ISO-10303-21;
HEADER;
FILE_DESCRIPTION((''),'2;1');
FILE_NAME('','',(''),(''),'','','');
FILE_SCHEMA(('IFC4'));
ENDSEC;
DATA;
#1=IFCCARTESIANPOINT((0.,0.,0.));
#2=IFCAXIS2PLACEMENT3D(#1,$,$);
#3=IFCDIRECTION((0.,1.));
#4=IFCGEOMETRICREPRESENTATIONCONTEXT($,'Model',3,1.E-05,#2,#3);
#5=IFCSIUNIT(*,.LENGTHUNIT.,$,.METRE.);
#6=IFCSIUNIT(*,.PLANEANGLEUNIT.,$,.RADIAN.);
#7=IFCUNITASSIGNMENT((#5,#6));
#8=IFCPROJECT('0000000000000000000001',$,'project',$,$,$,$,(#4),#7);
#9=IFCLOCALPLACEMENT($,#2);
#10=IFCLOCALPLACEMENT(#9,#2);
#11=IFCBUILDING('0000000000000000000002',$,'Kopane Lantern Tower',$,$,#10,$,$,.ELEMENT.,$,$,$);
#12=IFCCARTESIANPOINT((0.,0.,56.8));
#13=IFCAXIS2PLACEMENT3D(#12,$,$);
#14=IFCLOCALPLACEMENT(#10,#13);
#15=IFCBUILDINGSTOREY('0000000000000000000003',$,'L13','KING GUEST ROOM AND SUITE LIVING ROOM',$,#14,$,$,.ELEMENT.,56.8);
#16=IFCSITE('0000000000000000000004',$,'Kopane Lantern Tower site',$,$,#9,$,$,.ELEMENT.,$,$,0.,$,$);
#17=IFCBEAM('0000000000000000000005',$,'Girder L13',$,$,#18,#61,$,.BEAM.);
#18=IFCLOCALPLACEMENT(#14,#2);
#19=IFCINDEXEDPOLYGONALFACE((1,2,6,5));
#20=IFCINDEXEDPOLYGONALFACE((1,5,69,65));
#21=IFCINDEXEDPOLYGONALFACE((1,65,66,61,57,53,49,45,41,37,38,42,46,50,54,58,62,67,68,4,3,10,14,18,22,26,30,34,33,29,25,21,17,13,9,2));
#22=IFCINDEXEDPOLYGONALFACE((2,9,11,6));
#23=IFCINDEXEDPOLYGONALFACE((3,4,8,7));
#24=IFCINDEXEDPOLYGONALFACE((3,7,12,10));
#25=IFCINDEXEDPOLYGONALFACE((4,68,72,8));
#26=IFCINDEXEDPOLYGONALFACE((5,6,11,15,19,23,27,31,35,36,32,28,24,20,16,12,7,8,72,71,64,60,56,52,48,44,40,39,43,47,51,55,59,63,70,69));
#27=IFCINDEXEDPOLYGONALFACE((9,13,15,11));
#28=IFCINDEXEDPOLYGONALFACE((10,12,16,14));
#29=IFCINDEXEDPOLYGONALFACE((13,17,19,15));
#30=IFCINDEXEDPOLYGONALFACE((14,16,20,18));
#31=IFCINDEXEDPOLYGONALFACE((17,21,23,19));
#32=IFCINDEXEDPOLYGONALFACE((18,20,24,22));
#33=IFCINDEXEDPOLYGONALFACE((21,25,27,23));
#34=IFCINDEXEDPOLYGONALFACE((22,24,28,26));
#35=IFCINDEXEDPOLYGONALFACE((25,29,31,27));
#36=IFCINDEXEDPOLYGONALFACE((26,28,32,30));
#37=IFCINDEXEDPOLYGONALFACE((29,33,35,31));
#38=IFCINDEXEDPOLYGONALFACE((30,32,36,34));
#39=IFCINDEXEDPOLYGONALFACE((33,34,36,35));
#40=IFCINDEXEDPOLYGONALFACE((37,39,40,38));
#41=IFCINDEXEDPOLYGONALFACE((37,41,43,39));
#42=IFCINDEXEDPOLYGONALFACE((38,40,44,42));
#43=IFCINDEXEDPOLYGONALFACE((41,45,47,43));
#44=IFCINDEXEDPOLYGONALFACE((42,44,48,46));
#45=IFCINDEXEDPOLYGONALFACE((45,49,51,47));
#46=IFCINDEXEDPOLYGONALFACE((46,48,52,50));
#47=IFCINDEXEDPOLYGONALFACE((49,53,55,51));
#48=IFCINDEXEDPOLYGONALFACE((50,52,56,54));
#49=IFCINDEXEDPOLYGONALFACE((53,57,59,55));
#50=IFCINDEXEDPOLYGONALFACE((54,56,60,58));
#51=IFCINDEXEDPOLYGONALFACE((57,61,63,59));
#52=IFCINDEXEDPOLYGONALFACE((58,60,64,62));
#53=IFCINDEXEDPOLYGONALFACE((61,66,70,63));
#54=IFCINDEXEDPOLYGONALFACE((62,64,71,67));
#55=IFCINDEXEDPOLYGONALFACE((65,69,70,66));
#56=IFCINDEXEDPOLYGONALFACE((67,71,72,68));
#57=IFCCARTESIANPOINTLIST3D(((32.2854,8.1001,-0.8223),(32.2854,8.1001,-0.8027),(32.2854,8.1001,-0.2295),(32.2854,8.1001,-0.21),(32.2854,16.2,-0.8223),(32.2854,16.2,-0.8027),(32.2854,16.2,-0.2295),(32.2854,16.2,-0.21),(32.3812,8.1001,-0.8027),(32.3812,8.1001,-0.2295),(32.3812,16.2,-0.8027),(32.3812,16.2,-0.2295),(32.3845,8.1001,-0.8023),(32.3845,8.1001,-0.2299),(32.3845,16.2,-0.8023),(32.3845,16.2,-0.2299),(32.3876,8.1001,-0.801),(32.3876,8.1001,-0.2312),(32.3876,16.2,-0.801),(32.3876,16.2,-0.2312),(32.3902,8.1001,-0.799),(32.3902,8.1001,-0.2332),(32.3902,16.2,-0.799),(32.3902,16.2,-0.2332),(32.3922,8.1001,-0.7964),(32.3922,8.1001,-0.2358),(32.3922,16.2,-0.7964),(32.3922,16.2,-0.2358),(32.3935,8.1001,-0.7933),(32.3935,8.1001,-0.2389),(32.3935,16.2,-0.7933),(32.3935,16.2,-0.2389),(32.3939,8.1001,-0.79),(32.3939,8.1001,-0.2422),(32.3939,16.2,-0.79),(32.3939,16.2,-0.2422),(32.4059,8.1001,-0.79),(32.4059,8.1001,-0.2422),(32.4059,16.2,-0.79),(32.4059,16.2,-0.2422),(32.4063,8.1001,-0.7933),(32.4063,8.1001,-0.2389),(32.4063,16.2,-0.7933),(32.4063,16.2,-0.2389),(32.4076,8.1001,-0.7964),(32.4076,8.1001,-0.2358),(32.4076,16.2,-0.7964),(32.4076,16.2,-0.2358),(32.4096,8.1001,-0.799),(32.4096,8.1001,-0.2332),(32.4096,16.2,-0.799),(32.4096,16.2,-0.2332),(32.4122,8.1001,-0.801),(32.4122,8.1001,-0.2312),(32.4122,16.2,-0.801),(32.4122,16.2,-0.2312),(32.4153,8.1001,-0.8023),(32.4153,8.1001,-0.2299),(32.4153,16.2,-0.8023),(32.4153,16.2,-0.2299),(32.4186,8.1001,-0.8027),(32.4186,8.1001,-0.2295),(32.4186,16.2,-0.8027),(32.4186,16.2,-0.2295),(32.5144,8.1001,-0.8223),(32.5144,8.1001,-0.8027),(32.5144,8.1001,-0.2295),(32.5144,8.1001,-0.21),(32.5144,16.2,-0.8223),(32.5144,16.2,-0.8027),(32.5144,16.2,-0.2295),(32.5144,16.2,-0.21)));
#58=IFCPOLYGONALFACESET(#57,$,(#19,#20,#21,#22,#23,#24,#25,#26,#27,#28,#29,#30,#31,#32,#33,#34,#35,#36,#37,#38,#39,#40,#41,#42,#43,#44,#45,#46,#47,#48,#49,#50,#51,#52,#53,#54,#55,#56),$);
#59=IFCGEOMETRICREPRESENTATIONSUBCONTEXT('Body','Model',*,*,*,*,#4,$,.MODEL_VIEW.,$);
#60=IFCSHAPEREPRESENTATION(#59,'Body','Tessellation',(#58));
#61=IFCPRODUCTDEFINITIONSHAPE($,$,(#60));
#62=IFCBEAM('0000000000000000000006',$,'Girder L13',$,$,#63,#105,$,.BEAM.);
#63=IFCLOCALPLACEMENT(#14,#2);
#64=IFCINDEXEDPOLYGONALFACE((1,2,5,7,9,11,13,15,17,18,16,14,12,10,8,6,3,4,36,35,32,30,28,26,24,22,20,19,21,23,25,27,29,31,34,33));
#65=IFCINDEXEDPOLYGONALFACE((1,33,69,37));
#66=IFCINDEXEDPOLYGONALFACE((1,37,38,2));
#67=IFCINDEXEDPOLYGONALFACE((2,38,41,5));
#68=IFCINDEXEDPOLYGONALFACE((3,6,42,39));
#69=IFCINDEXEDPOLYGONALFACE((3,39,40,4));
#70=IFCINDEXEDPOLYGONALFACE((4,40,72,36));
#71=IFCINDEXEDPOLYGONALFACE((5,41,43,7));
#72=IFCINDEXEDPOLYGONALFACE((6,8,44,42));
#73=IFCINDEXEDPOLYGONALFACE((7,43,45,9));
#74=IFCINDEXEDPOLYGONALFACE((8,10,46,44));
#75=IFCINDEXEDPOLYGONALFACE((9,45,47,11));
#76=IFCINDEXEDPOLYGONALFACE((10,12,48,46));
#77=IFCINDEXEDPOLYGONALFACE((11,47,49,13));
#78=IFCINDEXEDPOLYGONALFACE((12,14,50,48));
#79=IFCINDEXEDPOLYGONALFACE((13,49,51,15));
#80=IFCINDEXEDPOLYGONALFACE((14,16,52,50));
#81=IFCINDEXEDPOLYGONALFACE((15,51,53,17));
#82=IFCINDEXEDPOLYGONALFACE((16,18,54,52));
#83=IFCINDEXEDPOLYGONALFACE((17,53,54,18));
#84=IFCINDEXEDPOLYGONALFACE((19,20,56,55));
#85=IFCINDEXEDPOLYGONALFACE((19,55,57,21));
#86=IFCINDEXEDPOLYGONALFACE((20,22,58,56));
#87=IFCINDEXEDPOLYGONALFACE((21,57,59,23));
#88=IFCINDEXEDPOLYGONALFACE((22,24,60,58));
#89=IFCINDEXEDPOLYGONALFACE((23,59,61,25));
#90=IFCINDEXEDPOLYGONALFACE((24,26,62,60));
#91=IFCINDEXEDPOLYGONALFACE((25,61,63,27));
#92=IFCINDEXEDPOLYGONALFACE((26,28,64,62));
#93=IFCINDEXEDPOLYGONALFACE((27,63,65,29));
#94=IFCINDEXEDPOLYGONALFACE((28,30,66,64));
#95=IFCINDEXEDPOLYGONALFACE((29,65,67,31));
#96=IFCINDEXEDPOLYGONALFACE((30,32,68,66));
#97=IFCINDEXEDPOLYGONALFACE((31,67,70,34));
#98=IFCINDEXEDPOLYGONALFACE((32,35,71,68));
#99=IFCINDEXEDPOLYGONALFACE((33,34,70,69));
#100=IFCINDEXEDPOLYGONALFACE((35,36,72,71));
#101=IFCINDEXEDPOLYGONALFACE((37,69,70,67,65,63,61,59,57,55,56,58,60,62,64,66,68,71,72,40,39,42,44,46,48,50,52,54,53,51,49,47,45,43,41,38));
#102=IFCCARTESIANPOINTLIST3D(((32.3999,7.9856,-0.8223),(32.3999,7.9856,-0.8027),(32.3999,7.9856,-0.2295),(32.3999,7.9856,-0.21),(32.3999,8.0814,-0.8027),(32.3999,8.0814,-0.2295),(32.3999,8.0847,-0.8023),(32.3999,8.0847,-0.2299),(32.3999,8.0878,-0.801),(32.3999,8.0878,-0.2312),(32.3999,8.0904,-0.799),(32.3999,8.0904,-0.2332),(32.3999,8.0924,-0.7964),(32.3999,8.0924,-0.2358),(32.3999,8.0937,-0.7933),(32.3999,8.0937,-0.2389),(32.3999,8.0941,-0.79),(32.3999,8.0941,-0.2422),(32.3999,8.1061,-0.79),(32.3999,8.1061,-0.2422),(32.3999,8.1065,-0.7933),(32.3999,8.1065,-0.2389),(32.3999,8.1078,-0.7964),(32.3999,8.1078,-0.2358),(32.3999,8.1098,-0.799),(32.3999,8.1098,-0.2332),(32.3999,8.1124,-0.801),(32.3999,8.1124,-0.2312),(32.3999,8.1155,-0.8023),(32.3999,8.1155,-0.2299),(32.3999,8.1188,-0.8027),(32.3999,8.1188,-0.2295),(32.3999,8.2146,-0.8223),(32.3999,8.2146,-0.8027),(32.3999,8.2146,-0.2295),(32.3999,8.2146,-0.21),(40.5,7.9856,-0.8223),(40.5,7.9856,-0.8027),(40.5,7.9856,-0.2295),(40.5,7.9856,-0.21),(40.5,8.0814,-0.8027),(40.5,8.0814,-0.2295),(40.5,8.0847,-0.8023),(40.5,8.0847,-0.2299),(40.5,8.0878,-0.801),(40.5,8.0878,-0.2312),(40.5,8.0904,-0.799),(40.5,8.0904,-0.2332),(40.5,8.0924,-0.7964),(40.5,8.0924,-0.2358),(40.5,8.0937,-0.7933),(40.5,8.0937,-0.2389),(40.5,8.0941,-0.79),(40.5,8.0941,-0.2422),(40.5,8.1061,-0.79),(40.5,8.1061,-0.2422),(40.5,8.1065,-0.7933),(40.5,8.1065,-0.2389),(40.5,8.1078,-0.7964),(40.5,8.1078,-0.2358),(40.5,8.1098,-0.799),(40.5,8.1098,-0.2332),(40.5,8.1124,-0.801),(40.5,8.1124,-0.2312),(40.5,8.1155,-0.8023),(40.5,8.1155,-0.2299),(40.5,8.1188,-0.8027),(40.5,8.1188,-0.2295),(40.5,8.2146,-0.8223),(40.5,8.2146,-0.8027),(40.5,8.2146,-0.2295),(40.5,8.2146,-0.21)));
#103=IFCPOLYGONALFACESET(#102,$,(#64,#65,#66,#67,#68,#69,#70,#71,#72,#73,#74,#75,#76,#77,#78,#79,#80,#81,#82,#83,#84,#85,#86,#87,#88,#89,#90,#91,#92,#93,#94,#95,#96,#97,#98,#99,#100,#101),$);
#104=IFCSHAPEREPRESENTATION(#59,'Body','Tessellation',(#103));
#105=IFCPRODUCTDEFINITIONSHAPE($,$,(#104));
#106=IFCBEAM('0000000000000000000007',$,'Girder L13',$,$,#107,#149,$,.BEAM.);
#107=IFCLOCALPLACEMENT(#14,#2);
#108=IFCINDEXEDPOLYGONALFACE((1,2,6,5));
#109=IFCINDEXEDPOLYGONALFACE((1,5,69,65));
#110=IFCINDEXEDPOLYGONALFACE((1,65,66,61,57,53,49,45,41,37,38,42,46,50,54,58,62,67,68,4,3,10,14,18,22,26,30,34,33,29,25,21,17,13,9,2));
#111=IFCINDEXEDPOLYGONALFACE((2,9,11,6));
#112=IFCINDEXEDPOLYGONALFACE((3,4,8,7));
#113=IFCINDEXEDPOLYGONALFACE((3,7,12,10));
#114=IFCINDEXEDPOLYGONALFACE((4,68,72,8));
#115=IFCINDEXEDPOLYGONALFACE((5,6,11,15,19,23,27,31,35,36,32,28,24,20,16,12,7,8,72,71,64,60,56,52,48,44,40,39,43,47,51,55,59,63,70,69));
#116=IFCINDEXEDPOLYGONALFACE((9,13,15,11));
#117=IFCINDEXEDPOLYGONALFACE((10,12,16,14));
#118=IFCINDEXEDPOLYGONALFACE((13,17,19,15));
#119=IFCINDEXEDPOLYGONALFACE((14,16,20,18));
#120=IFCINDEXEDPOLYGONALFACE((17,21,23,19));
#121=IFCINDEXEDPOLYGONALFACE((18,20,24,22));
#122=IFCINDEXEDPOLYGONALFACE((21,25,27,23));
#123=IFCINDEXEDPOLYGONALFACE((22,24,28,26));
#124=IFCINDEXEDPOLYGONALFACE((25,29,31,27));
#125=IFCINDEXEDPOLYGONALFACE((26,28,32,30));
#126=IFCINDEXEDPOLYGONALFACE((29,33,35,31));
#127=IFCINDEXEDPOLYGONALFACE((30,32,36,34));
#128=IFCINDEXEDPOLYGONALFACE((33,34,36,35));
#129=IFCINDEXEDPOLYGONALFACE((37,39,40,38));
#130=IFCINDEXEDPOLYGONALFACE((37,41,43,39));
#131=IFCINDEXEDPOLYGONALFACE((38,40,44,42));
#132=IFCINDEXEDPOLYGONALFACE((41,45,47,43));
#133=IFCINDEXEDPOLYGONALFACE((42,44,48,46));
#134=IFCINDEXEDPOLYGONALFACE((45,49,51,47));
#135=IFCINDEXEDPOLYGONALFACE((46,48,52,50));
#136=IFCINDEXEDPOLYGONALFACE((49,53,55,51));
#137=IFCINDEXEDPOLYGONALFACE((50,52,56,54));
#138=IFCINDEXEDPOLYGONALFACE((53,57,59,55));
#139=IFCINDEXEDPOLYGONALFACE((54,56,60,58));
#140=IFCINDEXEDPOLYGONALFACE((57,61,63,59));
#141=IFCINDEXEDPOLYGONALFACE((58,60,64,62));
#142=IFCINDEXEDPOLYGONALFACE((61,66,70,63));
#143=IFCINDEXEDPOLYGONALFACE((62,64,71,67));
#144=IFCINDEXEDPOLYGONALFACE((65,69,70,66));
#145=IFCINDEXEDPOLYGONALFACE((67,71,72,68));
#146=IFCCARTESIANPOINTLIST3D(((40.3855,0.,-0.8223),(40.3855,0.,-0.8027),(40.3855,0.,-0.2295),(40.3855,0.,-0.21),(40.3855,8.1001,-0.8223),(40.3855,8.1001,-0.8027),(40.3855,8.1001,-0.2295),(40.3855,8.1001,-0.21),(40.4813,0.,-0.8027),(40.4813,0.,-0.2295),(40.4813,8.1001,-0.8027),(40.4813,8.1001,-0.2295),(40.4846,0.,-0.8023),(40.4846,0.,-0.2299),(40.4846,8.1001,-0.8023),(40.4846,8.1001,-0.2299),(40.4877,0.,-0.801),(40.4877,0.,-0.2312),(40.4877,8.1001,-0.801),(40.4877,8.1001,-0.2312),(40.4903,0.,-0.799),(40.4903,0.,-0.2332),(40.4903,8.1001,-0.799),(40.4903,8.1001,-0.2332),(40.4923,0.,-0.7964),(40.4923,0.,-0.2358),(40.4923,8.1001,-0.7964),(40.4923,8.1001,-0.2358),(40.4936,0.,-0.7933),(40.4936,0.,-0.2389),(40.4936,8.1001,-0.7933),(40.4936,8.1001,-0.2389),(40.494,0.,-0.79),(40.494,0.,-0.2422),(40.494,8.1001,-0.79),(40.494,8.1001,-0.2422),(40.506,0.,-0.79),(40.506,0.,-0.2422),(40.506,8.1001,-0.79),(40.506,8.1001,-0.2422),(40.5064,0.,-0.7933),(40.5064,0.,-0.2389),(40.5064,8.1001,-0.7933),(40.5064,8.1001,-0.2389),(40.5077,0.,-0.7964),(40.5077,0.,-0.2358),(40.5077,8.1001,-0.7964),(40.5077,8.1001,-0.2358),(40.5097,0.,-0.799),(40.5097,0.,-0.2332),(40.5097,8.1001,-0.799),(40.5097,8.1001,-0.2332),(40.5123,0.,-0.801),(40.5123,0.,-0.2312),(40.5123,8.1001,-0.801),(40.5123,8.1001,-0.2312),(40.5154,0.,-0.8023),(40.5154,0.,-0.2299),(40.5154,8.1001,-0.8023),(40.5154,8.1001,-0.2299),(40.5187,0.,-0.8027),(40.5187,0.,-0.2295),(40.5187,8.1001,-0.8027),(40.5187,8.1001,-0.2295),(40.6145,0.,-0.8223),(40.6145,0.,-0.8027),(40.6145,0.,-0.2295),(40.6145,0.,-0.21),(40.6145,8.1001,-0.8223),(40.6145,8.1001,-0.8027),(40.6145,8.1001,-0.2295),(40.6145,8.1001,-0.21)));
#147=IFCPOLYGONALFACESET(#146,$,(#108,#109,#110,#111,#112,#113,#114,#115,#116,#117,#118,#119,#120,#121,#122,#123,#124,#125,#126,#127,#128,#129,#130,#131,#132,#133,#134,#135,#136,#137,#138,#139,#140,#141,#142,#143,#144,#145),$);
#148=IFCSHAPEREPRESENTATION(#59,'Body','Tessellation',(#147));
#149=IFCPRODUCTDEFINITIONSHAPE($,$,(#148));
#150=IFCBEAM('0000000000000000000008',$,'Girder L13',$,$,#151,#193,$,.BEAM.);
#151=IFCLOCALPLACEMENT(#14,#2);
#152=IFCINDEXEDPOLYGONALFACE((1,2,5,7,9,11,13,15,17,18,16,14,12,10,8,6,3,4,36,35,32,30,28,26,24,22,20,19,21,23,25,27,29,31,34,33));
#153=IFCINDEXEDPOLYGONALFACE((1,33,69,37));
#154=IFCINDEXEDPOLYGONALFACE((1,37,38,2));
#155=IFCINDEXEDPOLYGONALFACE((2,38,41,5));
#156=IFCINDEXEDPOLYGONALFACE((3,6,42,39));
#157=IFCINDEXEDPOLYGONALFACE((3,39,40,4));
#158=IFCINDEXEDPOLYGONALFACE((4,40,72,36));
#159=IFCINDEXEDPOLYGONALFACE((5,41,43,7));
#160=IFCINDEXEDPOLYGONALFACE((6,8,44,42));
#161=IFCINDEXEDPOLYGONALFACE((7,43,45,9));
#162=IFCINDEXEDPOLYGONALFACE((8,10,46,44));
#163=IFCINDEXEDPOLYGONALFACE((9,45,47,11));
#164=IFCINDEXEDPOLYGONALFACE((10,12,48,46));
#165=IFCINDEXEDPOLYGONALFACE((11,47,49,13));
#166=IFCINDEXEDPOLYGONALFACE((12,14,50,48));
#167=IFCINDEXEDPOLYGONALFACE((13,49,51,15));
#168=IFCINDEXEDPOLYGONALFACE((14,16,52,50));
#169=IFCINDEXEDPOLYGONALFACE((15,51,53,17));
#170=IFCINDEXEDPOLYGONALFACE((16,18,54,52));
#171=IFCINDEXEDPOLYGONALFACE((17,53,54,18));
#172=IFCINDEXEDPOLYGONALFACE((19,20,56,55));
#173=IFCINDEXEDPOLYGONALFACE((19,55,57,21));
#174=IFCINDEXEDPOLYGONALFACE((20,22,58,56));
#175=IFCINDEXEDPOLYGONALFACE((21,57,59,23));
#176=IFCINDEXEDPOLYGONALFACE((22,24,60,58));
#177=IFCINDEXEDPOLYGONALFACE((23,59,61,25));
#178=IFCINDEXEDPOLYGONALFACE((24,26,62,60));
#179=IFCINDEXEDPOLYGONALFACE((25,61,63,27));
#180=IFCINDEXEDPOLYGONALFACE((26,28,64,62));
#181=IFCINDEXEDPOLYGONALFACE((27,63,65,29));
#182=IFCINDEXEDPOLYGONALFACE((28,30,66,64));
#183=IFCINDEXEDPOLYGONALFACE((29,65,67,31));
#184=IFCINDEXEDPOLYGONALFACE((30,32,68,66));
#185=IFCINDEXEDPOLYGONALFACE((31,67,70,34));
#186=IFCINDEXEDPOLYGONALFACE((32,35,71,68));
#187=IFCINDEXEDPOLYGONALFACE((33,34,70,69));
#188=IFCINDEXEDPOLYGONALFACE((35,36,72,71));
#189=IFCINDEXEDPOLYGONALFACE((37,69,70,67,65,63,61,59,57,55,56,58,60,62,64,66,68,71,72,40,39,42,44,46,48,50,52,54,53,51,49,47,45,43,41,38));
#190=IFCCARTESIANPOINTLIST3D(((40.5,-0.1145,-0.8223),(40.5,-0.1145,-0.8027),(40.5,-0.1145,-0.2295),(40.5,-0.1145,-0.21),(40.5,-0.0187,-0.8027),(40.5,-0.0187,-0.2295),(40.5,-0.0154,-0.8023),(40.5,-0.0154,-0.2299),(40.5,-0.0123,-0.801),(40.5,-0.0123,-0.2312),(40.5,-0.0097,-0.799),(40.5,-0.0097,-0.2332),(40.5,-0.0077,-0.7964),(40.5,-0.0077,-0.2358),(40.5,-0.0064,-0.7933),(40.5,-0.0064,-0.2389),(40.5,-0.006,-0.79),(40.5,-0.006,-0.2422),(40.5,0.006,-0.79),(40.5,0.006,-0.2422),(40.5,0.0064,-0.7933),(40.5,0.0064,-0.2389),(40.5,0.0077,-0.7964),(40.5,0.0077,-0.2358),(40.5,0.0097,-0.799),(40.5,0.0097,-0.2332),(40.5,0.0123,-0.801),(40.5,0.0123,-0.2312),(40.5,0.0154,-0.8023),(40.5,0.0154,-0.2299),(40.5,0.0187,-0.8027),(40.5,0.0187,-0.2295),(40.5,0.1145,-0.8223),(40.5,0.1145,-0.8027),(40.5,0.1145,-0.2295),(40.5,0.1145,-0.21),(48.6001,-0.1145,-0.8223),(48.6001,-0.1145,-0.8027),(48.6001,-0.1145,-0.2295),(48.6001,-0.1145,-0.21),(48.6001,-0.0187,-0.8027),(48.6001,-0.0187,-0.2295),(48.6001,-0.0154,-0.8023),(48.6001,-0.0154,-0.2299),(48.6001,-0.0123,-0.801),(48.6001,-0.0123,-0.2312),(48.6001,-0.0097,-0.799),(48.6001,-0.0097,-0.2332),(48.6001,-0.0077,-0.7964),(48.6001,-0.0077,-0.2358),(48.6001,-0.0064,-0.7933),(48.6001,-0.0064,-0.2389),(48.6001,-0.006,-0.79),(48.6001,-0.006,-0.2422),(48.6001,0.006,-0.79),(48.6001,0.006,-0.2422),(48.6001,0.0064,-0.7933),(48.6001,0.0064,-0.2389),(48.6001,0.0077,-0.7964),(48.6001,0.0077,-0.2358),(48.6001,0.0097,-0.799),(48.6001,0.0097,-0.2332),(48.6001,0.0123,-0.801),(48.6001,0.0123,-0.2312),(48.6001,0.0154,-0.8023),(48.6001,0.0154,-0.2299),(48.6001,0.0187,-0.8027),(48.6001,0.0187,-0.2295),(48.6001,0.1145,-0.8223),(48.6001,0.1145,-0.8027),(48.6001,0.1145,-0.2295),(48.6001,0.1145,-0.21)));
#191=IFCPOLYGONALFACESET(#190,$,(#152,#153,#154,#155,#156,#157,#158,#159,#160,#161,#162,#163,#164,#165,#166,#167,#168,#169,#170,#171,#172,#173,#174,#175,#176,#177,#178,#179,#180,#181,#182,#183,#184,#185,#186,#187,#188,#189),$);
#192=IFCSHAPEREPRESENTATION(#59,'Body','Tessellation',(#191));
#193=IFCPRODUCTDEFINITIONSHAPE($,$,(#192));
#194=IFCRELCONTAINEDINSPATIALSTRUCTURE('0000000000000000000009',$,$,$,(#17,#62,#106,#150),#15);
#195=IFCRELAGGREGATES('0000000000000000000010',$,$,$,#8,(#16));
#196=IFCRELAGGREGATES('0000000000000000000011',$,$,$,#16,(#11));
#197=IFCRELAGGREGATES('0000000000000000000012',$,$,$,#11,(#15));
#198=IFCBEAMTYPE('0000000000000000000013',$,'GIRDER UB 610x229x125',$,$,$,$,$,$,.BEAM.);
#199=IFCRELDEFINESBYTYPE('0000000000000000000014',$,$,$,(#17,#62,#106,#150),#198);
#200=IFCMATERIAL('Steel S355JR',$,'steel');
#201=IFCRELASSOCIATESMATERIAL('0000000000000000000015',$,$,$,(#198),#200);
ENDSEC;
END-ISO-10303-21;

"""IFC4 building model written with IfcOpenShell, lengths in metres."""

from ifc_helpers import new_model, si_unit, direction, frame, origin, origin_2d, place, context, subcontext, project, spatial, i_section, extrude, material, material_profile, profile_set, type_object, element, save


model = new_model("IFC4")

# Units and contexts
model_context = context("Model", 3, precision=1e-05, world=origin(), true_north=direction((0.0, 1.0)))
body_context = subcontext(model_context, "Body", "Model", "MODEL_VIEW")
ifc_project = project(units=[si_unit("LENGTHUNIT", "METRE"), si_unit("PLANEANGLEUNIT", "RADIAN")], contexts=[model_context])

# Site, building, storey
site_placement = place(None, origin())
site = spatial("IfcSite", under=ifc_project, at=site_placement, Name="Kopane Lantern Tower site", CompositionType="ELEMENT", RefElevation=0.0)
building_placement = place(site_placement, origin())
building = spatial("IfcBuilding", under=site, at=building_placement, Name="Kopane Lantern Tower", CompositionType="ELEMENT")
storey_placement = place(building_placement, frame((0.0, 0.0, 56.8)))
storey = spatial("IfcBuildingStorey", under=building, at=storey_placement, Name="L13", Description="KING GUEST ROOM AND SUITE LIVING ROOM", CompositionType="ELEMENT", Elevation=56.8)

# Beams
ifc_material_1 = material(Name="Steel S355JR", Category="steel")
ifc_material_profile_1 = material_profile(ifc_material_1, i_section(OverallWidth=0.229, OverallDepth=0.6123, WebThickness=0.012, FlangeThickness=0.0195, FilletRadius=0.0127, at=origin_2d()), Name="UB 610x229x125")
ifc_profile_set_1 = profile_set([ifc_material_profile_1], Name="Steel S355JR")
beam_type = type_object("IfcBeamType", Name="GIRDER UB 610x229x125", PredefinedType="BEAM", material=ifc_profile_set_1)
beam_1_placement = place(storey_placement, frame((32.3999, 8.1001, -0.5161), z_axis=(0.0, 1.0, 0.0), x_axis=(-1.0, 0.0, 0.0)))
element("IfcBeam", 1, at=beam_1_placement, inside=storey, type_object=beam_type, Name="Girder L13", PredefinedType="BEAM", context=body_context, shape_type="SweptSolid", body=[
    extrude(i_section(OverallWidth=0.229, OverallDepth=0.6123, WebThickness=0.012, FlangeThickness=0.0195, FilletRadius=0.0127, at=origin_2d()), origin(), (0.0, 0.0, 1.0), 8.0999),
])
for number, where, z_axis, x_axis, name in (
    (2, (32.3999, 8.1001, -0.5161), (1.0, 0.0, 0.0), (0.0, 1.0, 0.0), "Girder L13"),
    (3, (40.5, 0.0, -0.5161), (0.0, 1.0, 0.0), (-1.0, 0.0, 0.0), "Girder L13"),
    (4, (40.5, 0.0, -0.5161), (1.0, 0.0, 0.0), (0.0, 1.0, 0.0), "Girder L13"),
):
    element("IfcBeam", number, at=place(storey_placement, frame(where, z_axis=z_axis, x_axis=x_axis)), inside=storey, type_object=beam_type, Name=name, PredefinedType="BEAM", context=body_context, shape_type="SweptSolid", body=[
        extrude(i_section(OverallWidth=0.229, OverallDepth=0.6123, WebThickness=0.012, FlangeThickness=0.0195, FilletRadius=0.0127, at=origin_2d()), origin(), (0.0, 0.0, 1.0), 8.1001),
    ])

save(model, "model.ifc")
